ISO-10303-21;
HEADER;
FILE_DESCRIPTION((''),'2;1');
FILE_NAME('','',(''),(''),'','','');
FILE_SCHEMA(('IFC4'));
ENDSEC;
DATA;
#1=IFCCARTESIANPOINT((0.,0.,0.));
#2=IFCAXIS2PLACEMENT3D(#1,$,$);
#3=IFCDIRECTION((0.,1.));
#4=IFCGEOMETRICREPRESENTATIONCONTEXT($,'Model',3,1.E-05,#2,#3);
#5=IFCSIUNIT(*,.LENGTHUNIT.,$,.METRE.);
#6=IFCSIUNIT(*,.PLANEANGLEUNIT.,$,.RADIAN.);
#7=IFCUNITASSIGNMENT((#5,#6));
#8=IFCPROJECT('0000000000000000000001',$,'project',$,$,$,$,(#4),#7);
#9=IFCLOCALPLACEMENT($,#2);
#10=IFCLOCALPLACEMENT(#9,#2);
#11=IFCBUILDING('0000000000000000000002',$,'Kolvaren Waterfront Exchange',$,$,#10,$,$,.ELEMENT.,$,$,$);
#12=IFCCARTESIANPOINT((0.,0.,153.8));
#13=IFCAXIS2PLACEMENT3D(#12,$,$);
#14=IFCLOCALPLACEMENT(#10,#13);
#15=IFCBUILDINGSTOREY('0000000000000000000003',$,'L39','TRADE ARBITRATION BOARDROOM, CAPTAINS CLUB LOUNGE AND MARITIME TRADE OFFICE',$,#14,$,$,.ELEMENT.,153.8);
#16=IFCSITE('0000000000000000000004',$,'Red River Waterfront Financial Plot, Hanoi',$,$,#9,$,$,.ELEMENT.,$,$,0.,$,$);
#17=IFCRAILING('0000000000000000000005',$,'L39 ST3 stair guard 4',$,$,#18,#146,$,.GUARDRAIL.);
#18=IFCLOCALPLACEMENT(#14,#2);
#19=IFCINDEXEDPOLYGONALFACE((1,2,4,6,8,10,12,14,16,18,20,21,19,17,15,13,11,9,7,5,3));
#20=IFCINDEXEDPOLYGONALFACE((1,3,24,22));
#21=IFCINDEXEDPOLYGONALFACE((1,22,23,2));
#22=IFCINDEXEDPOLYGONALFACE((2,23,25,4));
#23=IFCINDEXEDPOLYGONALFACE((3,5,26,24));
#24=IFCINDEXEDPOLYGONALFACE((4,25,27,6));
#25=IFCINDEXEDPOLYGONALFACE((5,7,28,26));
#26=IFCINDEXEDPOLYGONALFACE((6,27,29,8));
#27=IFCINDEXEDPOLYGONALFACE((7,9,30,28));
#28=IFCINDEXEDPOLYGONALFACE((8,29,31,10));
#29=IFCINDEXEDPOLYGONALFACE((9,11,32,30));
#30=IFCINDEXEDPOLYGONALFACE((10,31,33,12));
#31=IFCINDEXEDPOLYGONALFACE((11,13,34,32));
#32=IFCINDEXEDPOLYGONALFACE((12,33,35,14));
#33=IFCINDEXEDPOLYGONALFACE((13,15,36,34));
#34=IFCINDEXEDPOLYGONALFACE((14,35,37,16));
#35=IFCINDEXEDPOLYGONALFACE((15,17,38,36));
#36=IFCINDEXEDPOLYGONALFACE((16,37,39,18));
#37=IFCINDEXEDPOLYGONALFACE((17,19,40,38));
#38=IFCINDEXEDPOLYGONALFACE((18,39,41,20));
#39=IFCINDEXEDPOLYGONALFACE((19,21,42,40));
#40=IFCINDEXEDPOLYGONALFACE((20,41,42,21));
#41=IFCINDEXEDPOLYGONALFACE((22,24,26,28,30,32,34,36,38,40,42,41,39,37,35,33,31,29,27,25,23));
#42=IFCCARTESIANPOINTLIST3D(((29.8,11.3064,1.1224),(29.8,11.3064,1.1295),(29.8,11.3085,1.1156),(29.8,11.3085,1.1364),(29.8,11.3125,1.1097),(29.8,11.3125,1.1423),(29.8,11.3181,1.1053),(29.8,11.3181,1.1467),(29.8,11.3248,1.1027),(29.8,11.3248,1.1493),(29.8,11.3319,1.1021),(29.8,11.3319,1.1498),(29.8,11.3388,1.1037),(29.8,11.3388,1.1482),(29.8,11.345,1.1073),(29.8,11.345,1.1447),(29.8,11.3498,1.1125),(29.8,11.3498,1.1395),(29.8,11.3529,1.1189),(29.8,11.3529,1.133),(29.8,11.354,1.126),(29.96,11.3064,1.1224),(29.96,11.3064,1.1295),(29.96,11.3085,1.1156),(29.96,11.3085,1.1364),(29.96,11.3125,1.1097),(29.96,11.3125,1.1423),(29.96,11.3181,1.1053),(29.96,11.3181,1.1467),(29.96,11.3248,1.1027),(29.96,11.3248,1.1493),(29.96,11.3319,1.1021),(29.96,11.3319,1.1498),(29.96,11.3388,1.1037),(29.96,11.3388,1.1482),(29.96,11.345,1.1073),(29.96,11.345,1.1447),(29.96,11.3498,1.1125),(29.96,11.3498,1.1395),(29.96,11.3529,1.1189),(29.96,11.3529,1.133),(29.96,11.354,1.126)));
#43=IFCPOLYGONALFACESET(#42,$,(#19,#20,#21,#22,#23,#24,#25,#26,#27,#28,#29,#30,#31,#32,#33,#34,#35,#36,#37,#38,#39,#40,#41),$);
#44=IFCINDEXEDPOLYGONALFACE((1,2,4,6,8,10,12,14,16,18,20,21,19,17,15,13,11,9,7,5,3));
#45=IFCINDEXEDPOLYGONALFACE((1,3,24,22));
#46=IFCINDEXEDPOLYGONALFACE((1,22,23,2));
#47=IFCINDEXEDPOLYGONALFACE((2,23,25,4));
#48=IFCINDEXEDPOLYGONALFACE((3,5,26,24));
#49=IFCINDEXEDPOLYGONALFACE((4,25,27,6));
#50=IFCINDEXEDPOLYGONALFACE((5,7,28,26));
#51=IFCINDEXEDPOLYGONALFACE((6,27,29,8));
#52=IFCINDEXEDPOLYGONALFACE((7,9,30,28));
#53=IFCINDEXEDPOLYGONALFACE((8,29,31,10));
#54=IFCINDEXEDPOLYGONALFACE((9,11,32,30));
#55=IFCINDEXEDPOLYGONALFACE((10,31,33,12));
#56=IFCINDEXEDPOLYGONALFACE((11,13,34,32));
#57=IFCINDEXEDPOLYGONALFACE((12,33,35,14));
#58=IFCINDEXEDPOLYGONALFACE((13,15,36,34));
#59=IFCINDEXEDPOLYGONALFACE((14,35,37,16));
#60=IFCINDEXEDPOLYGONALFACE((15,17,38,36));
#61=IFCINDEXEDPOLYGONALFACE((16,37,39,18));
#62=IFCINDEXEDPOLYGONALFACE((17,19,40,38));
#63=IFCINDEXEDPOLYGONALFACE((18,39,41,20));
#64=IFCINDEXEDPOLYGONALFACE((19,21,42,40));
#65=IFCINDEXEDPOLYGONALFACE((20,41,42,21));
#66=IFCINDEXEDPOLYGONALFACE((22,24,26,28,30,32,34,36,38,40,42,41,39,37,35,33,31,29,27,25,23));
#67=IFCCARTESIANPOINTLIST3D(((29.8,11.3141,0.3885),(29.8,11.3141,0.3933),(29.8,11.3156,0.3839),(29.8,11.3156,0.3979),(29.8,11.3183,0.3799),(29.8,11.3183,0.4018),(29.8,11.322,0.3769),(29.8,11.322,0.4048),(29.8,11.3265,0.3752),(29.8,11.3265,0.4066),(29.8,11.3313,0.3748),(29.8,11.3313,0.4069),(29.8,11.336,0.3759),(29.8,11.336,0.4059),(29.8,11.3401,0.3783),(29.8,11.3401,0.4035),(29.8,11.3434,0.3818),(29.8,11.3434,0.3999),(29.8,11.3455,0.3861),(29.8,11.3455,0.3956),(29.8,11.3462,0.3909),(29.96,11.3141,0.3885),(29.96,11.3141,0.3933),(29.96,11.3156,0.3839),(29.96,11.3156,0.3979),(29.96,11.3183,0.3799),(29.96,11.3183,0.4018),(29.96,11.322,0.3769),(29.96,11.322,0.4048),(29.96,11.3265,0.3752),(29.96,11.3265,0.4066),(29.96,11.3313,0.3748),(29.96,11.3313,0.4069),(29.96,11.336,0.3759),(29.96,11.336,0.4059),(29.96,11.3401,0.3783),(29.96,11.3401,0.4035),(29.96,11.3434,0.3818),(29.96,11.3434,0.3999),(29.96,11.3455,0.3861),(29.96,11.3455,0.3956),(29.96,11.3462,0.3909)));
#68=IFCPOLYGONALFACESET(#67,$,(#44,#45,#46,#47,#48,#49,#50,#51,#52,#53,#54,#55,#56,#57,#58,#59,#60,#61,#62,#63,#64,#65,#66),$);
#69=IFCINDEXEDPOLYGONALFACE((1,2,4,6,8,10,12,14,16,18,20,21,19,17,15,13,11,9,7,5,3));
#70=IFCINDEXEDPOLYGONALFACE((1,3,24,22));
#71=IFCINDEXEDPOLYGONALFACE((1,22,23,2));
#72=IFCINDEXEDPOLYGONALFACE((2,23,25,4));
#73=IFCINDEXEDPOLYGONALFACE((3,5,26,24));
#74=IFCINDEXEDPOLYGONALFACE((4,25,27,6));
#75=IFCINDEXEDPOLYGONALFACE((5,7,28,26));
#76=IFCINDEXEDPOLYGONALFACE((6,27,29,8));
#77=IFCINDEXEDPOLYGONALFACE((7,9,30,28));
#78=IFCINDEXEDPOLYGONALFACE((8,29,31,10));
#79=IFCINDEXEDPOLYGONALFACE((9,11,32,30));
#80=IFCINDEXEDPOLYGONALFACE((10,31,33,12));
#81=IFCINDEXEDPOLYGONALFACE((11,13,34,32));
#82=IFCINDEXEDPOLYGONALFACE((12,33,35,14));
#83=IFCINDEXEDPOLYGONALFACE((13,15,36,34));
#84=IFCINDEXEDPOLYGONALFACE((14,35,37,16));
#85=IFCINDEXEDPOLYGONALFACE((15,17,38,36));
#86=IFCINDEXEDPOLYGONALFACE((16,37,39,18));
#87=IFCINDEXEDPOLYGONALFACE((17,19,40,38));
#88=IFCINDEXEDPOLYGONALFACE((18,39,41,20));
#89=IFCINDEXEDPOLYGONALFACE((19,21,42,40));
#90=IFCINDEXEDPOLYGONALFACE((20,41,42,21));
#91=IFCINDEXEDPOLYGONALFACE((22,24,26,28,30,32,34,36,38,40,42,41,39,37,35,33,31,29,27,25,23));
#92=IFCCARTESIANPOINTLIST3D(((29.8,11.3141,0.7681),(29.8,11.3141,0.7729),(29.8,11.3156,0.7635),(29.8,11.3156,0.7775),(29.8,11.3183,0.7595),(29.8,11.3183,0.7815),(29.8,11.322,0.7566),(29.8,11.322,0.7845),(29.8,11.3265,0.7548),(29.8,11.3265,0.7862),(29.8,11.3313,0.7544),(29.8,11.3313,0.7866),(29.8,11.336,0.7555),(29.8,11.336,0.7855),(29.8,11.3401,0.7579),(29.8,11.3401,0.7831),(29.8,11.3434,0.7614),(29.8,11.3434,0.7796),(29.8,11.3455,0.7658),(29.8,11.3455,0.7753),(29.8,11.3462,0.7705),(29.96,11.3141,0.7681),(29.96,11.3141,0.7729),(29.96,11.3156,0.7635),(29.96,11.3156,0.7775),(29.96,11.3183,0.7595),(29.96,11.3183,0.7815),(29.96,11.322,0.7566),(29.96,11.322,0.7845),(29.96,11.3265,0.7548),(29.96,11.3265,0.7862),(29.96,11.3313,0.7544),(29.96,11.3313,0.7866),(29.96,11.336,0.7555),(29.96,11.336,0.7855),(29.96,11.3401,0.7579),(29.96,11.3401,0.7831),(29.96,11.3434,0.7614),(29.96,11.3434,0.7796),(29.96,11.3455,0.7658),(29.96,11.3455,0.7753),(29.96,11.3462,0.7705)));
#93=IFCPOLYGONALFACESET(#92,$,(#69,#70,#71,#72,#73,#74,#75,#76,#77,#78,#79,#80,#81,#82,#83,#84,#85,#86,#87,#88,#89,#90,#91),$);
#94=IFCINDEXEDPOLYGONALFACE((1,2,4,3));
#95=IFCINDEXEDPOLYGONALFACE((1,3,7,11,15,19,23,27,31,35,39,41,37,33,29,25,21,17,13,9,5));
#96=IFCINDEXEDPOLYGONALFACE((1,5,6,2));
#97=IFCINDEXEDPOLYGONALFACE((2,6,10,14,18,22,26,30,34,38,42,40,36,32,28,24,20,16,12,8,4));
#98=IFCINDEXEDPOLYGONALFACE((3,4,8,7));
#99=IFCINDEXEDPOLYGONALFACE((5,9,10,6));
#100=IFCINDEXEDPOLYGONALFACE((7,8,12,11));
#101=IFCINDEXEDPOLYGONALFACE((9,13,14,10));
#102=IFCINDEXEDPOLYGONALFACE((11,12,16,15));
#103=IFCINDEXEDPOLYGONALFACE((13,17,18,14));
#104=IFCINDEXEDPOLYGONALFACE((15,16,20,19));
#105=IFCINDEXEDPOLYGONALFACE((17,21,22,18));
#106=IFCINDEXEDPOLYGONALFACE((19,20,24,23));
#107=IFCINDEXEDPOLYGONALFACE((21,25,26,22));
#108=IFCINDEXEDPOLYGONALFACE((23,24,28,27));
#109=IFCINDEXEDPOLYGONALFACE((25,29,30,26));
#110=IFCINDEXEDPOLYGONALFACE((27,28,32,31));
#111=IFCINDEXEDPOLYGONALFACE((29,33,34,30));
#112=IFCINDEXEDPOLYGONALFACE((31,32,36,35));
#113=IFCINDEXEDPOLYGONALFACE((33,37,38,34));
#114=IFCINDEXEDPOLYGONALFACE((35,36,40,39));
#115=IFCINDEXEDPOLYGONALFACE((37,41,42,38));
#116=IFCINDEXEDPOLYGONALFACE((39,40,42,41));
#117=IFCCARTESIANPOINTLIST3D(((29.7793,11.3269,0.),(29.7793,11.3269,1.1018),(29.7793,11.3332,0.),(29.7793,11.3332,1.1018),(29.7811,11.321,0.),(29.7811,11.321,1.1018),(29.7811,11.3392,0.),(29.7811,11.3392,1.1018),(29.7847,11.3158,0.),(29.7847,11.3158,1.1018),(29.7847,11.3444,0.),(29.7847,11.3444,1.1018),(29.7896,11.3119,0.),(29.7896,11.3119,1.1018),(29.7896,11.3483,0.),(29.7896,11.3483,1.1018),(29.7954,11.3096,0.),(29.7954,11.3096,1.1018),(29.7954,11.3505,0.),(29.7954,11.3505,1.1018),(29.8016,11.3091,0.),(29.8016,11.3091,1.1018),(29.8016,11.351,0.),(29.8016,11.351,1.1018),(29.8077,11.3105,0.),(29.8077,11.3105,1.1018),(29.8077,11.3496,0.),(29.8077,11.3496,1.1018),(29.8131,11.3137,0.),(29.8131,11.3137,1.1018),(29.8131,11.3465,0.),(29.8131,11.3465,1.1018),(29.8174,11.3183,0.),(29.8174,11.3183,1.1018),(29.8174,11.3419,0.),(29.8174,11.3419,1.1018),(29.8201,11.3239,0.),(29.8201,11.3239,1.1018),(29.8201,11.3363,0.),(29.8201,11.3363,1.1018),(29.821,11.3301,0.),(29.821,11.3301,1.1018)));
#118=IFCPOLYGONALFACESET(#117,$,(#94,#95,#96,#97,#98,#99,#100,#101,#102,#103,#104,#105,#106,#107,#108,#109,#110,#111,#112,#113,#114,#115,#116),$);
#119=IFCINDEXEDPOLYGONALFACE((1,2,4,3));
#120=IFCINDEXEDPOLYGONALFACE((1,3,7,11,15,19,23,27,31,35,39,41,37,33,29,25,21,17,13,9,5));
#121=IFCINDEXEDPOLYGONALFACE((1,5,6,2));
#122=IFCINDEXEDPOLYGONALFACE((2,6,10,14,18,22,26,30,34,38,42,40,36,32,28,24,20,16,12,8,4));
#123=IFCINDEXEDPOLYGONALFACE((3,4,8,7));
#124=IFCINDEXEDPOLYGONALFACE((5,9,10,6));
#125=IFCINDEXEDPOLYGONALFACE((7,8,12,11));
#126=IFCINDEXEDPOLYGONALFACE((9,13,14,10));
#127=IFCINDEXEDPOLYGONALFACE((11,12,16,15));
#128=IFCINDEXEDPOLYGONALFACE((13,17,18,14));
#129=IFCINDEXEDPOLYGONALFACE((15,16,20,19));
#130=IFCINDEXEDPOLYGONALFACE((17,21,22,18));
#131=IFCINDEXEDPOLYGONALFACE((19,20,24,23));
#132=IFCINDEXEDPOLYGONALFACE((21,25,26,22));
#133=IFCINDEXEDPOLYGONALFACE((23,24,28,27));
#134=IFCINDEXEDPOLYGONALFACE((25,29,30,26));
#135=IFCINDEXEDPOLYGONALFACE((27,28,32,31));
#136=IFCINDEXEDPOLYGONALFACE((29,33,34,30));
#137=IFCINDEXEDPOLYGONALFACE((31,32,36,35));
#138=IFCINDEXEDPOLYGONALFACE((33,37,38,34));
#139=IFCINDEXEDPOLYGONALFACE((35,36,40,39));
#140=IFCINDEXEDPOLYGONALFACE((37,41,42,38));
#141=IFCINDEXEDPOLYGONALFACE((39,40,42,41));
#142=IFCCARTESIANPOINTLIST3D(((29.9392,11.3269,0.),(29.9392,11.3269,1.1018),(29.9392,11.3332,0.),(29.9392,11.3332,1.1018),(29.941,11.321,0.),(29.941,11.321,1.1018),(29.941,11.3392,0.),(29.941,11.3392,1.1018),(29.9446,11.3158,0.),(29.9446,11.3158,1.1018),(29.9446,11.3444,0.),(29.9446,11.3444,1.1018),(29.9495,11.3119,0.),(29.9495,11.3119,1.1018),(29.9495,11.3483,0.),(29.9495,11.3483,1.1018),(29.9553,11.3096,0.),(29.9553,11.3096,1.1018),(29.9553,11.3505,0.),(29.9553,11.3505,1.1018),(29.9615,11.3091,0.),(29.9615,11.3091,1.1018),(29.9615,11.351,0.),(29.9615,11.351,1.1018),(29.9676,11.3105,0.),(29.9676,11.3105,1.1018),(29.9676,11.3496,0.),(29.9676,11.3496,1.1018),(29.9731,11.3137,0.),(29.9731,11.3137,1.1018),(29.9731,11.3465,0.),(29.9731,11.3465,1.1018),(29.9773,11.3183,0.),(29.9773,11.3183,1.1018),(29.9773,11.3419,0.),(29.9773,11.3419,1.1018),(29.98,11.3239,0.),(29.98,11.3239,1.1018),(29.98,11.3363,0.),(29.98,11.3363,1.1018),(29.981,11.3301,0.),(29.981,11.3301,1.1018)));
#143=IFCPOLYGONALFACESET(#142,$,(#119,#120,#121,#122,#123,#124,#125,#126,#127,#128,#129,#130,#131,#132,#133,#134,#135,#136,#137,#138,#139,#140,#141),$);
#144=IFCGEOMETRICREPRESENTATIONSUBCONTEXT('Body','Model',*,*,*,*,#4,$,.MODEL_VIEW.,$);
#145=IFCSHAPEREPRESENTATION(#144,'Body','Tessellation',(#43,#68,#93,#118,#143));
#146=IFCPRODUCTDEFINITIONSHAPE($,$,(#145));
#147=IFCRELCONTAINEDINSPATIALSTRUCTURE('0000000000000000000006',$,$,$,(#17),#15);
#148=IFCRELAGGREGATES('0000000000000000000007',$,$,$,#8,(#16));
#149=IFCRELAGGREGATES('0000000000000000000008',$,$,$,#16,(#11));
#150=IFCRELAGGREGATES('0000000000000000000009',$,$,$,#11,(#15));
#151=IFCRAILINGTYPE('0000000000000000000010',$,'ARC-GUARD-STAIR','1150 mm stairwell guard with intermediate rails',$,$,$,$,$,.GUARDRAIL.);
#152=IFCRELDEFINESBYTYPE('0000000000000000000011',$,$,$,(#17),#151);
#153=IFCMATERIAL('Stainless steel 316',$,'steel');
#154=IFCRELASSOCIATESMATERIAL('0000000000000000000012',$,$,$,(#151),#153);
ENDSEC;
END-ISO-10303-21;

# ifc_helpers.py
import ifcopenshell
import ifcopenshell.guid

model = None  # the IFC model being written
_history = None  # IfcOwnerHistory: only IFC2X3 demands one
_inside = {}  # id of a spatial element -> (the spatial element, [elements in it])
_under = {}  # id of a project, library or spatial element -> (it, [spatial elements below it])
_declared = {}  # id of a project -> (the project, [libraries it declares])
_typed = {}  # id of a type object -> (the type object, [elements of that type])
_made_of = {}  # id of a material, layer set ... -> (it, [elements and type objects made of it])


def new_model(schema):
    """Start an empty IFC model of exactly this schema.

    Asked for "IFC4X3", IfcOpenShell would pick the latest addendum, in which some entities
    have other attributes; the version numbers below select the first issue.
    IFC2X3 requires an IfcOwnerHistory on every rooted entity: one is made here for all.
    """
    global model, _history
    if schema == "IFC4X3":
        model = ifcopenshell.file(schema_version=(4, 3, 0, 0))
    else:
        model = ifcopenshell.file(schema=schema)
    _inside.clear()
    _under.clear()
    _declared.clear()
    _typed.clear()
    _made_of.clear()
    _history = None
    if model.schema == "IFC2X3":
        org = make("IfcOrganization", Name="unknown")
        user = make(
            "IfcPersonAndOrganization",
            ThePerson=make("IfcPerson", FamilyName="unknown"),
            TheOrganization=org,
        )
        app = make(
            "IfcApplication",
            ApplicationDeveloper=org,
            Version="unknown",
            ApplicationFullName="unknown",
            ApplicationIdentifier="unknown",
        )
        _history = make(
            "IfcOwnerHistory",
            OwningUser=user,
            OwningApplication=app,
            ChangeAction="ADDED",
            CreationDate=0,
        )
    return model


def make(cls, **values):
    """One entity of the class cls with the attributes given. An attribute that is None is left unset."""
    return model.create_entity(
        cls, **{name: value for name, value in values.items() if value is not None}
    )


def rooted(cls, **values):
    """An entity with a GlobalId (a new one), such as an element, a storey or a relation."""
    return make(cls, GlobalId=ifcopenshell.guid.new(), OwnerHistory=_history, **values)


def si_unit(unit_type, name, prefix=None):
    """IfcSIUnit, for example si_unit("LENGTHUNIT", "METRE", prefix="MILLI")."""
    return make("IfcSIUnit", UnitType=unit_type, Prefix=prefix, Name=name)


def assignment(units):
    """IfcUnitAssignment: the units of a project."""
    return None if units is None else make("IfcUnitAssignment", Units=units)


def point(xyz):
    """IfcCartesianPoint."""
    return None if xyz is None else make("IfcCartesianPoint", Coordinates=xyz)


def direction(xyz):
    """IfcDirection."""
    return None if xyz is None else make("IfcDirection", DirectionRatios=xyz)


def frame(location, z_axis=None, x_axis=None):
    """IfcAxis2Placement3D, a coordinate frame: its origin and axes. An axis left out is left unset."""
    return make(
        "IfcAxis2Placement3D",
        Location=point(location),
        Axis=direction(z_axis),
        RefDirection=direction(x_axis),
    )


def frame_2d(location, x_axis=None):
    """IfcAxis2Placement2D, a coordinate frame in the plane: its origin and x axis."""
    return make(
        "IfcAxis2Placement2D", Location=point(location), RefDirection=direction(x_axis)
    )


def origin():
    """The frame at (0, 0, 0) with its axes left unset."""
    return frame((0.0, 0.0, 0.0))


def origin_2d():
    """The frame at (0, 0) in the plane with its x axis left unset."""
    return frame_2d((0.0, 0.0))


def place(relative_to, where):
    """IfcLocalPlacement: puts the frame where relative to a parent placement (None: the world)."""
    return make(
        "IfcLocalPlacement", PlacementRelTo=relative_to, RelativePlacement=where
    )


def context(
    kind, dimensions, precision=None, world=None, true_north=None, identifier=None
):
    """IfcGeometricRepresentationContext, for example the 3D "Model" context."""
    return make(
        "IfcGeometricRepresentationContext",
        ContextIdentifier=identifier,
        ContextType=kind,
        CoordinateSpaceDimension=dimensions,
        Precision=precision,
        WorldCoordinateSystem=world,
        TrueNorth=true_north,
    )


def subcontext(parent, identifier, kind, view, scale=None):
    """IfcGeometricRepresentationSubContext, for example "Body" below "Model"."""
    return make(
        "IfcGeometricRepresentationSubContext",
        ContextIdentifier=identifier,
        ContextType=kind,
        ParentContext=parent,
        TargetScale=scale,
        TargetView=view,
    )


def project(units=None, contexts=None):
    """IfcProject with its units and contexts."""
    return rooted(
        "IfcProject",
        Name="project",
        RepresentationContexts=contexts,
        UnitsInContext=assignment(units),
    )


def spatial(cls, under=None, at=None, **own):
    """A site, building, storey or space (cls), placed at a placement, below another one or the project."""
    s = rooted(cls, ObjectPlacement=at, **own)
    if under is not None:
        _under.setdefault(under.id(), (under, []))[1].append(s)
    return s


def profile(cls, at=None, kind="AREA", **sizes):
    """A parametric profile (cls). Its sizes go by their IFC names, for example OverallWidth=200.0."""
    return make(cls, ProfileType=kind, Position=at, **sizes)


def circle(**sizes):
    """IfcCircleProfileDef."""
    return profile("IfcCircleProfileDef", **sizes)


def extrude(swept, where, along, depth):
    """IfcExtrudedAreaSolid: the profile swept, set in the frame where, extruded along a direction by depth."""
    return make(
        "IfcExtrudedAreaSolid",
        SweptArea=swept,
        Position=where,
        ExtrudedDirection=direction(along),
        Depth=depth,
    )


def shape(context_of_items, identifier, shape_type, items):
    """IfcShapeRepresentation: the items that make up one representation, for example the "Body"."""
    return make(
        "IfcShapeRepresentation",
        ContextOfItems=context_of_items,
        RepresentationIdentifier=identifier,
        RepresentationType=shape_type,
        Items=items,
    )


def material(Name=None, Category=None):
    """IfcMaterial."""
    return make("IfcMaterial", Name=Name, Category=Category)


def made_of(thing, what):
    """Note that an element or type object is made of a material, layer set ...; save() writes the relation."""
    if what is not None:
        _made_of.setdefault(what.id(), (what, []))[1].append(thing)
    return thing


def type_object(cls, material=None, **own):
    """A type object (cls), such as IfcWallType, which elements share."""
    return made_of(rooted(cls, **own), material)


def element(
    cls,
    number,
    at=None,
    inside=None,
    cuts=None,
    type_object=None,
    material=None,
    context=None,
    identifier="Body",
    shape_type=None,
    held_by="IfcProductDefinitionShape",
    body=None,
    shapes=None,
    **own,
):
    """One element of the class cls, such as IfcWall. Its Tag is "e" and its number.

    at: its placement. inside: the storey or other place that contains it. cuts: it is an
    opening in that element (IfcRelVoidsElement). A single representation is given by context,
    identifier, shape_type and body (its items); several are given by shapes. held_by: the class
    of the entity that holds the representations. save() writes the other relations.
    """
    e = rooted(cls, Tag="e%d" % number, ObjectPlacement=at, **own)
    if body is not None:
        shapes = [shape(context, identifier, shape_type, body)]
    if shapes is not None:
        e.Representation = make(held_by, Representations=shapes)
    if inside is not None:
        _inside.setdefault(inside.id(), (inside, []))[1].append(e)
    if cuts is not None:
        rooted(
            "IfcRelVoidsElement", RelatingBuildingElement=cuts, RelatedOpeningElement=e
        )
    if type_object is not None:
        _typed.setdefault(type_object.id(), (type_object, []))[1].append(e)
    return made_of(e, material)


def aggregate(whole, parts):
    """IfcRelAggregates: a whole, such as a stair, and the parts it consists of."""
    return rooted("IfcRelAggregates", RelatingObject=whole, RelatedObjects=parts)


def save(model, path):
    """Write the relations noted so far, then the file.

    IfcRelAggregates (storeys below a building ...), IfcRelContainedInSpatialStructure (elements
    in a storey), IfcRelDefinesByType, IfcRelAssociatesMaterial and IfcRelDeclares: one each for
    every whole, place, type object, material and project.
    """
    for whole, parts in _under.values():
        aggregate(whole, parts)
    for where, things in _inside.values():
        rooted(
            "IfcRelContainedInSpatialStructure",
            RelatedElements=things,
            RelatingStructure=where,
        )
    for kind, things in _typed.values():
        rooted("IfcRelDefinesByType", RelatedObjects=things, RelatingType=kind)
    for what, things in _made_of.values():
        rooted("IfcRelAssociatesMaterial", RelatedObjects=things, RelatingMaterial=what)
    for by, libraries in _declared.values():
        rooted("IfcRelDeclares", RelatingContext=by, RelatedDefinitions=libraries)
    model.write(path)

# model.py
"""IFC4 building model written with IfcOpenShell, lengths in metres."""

from ifc_helpers import new_model, si_unit, direction, frame, origin, origin_2d, place, context, subcontext, project, spatial, circle, extrude, material, type_object, element, save


model = new_model("IFC4")

# Units and contexts
model_context = context("Model", 3, precision=1e-05, world=origin(), true_north=direction((0.0, 1.0)))
body_context = subcontext(model_context, "Body", "Model", "MODEL_VIEW")
ifc_project = project(units=[si_unit("LENGTHUNIT", "METRE"), si_unit("PLANEANGLEUNIT", "RADIAN")], contexts=[model_context])

# Site, building, storey
site_placement = place(None, origin())
site = spatial("IfcSite", under=ifc_project, at=site_placement, Name="Red River Waterfront Financial Plot, Hanoi", CompositionType="ELEMENT", RefElevation=0.0)
building_placement = place(site_placement, origin())
building = spatial("IfcBuilding", under=site, at=building_placement, Name="Kolvaren Waterfront Exchange", CompositionType="ELEMENT")
storey_placement = place(building_placement, frame((0.0, 0.0, 153.8)))
storey = spatial("IfcBuildingStorey", under=building, at=storey_placement, Name="L39", Description="TRADE ARBITRATION BOARDROOM, CAPTAINS CLUB LOUNGE AND MARITIME TRADE OFFICE", CompositionType="ELEMENT", Elevation=153.8)

# Railing
ifc_material_1 = material(Name="Stainless steel 316", Category="steel")
railing_type_1 = type_object("IfcRailingType", Name="ARC-GUARD-STAIR", Description="1150 mm stairwell guard with intermediate rails", PredefinedType="GUARDRAIL", material=ifc_material_1)
railing_1_placement = place(storey_placement, frame((29.8, 11.3301, 0.0)))
element("IfcRailing", 1, at=railing_1_placement, inside=storey, type_object=railing_type_1, Name="L39 ST3 stair guard 4", PredefinedType="GUARDRAIL", context=body_context, shape_type="SweptSolid", body=[
    extrude(circle(Radius=0.0239, at=origin_2d()), frame((0.0, 0.0, 1.126), z_axis=(1.0, 0.0, 0.0), x_axis=(0.0, 1.0, 0.0)), (0.0, 0.0, 1.0), 0.1599),
    extrude(circle(Radius=0.0161, at=origin_2d()), frame((0.0, 0.0, 0.3909), z_axis=(1.0, 0.0, 0.0), x_axis=(0.0, 1.0, 0.0)), (0.0, 0.0, 1.0), 0.1599),
    extrude(circle(Radius=0.0161, at=origin_2d()), frame((0.0, 0.0, 0.7705), z_axis=(1.0, 0.0, 0.0), x_axis=(0.0, 1.0, 0.0)), (0.0, 0.0, 1.0), 0.1599),
    extrude(circle(Radius=0.021, at=origin_2d()), origin(), (0.0, 0.0, 1.0), 1.1018),
    extrude(circle(Radius=0.021, at=origin_2d()), frame((0.1599, 0.0, 0.0)), (0.0, 0.0, 1.0), 1.1018),
])

save(model, "model.ifc")
